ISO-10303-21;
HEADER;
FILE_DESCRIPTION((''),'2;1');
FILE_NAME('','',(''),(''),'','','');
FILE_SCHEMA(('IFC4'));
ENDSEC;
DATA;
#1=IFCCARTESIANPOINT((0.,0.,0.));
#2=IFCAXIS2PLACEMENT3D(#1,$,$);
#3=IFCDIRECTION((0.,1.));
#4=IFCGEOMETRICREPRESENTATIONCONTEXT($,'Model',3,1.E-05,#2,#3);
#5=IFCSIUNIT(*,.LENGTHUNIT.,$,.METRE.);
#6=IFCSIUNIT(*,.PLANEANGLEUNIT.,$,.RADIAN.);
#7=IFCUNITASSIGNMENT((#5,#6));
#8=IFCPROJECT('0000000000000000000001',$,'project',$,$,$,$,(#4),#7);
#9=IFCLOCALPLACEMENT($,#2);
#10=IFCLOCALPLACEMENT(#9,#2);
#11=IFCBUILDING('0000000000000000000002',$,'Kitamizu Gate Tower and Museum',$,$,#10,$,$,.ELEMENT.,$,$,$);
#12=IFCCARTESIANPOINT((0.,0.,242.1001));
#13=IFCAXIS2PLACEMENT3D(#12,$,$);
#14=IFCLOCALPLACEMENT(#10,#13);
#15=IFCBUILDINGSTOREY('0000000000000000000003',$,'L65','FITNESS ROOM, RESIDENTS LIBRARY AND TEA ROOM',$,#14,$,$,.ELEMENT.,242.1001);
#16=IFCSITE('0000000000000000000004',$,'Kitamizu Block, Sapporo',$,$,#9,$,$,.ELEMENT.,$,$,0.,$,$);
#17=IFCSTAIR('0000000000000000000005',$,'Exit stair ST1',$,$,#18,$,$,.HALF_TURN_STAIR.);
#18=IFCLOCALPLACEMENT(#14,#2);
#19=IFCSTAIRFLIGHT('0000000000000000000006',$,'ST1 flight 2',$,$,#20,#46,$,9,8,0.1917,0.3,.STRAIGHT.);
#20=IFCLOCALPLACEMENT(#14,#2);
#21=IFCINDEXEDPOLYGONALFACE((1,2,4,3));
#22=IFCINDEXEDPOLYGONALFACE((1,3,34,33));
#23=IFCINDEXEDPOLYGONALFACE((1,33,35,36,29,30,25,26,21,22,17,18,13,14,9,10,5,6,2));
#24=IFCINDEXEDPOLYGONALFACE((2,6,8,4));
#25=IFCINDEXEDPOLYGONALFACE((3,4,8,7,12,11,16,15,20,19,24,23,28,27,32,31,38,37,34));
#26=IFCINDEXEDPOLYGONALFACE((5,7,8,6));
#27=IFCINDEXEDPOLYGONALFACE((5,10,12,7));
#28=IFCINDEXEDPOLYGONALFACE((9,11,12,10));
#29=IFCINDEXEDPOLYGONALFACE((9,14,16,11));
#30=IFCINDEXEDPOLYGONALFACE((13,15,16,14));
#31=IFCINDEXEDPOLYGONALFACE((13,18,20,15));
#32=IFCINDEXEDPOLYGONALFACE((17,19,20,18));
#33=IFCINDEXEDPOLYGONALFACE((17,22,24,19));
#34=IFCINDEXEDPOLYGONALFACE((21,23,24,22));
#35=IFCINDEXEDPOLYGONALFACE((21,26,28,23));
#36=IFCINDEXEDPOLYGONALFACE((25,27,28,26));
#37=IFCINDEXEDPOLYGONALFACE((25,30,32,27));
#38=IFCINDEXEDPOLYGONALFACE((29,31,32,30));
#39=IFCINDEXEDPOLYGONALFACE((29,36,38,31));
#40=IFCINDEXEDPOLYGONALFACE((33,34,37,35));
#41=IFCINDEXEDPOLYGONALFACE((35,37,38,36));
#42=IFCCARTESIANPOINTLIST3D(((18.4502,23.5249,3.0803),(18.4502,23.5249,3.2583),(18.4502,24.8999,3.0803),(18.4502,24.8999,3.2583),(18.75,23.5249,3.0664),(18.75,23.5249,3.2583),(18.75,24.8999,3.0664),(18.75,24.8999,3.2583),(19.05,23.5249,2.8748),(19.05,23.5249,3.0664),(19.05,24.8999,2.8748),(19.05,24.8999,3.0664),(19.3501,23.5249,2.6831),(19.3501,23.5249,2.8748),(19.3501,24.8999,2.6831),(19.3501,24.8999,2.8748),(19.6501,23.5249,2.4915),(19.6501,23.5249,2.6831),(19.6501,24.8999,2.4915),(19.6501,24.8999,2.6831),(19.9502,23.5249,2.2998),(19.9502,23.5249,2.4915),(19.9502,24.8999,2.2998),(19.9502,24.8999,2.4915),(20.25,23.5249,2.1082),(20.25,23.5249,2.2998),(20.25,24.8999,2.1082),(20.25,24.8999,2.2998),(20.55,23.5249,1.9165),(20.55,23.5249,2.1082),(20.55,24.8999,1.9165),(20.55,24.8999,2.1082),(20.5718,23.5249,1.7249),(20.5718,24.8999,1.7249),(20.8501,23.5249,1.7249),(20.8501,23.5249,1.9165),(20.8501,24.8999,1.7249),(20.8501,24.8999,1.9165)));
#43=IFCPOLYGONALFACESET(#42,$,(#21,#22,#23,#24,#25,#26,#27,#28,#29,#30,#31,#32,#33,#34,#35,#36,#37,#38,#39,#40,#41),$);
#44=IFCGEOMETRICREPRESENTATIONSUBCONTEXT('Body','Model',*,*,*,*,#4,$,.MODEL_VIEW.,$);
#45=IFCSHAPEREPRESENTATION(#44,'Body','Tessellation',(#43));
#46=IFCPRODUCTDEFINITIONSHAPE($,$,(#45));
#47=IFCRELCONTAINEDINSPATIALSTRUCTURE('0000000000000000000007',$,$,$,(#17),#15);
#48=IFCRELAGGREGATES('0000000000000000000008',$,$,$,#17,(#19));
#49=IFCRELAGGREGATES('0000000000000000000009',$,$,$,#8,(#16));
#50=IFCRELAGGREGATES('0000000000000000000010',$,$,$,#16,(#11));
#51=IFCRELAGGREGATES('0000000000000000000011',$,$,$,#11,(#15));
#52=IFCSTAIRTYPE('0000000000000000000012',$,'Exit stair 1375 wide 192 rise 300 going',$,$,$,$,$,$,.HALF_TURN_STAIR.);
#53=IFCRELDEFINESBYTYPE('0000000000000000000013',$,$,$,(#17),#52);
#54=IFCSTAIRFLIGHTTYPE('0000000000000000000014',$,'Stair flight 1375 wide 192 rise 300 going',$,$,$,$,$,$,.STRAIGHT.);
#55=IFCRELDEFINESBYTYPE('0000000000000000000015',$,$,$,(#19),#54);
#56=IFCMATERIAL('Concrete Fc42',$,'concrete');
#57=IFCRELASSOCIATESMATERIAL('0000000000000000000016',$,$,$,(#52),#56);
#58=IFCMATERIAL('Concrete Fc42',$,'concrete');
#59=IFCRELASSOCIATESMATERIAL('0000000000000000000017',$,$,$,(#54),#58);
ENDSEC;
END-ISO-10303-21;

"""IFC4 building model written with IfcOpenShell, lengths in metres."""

from ifc_helpers import new_model, si_unit, direction, frame, origin, place, context, subcontext, project, spatial, polyline, outline, extrude, material, type_object, element, aggregate, save


model = new_model("IFC4")

# Units and contexts
model_context = context("Model", 3, precision=1e-05, world=origin(), true_north=direction((0.0, 1.0)))
body_context = subcontext(model_context, "Body", "Model", "MODEL_VIEW")
ifc_project = project(units=[si_unit("LENGTHUNIT", "METRE"), si_unit("PLANEANGLEUNIT", "RADIAN")], contexts=[model_context])

# Site, building, storey
site_placement = place(None, origin())
site = spatial("IfcSite", under=ifc_project, at=site_placement, Name="Kitamizu Block, Sapporo", CompositionType="ELEMENT", RefElevation=0.0)
building_placement = place(site_placement, origin())
building = spatial("IfcBuilding", under=site, at=building_placement, Name="Kitamizu Gate Tower and Museum", CompositionType="ELEMENT")
storey_placement = place(building_placement, frame((0.0, 0.0, 242.1001)))
storey = spatial("IfcBuildingStorey", under=building, at=storey_placement, Name="L65", Description="FITNESS ROOM, RESIDENTS LIBRARY AND TEA ROOM", CompositionType="ELEMENT", Elevation=242.1001)

# Stair, stair flight
ifc_material_1 = material(Name="Concrete Fc42", Category="concrete")
stair_type = type_object("IfcStairType", Name="Exit stair 1375 wide 192 rise 300 going", PredefinedType="HALF_TURN_STAIR", material=ifc_material_1)
stair_placement = place(storey_placement, origin())
stair = element("IfcStair", 1, at=stair_placement, inside=storey, type_object=stair_type, Name="Exit stair ST1", PredefinedType="HALF_TURN_STAIR")
ifc_material_2 = material(Name="Concrete Fc42", Category="concrete")
stair_flight_type = type_object("IfcStairFlightType", Name="Stair flight 1375 wide 192 rise 300 going", PredefinedType="STRAIGHT", material=ifc_material_2)
stair_flight_placement = place(storey_placement, frame((20.8501, 24.2124, 1.7249), z_axis=(0.0, 0.0, 1.0), x_axis=(-1.0, 0.0, 0.0)))
stair_flight = element("IfcStairFlight", 2, at=stair_flight_placement, type_object=stair_flight_type, Name="ST1 flight 2", NumberOfRisers=9, NumberOfTreads=8, PredefinedType="STRAIGHT", RiserHeight=0.1917, TreadLength=0.3, context=body_context, shape_type="SweptSolid", body=[
    extrude(outline(polyline([(0.0, 0.0), (0.0, 0.1917), (0.3, 0.1917), (0.3, 0.3833), (0.6001, 0.3833), (0.6001, 0.575), (0.8999, 0.575), (0.8999, 0.7666), (1.2, 0.7666), (1.2, 0.9583), (1.5, 0.9583), (1.5, 1.1499), (1.8, 1.1499), (1.8, 1.3416), (2.1001, 1.3416), (2.1001, 1.5334), (2.3999, 1.5334), (2.3999, 1.7251), (2.3999, 1.3555), (0.2783, 0.0), (0.0, 0.0)])), frame((0.0, 0.6875, 0.0), z_axis=(0.0, -1.0, 0.0), x_axis=(1.0, 0.0, 0.0)), (0.0, 0.0, 1.0), 1.375),
])
aggregate(stair, [stair_flight])

save(model, "model.ifc")
